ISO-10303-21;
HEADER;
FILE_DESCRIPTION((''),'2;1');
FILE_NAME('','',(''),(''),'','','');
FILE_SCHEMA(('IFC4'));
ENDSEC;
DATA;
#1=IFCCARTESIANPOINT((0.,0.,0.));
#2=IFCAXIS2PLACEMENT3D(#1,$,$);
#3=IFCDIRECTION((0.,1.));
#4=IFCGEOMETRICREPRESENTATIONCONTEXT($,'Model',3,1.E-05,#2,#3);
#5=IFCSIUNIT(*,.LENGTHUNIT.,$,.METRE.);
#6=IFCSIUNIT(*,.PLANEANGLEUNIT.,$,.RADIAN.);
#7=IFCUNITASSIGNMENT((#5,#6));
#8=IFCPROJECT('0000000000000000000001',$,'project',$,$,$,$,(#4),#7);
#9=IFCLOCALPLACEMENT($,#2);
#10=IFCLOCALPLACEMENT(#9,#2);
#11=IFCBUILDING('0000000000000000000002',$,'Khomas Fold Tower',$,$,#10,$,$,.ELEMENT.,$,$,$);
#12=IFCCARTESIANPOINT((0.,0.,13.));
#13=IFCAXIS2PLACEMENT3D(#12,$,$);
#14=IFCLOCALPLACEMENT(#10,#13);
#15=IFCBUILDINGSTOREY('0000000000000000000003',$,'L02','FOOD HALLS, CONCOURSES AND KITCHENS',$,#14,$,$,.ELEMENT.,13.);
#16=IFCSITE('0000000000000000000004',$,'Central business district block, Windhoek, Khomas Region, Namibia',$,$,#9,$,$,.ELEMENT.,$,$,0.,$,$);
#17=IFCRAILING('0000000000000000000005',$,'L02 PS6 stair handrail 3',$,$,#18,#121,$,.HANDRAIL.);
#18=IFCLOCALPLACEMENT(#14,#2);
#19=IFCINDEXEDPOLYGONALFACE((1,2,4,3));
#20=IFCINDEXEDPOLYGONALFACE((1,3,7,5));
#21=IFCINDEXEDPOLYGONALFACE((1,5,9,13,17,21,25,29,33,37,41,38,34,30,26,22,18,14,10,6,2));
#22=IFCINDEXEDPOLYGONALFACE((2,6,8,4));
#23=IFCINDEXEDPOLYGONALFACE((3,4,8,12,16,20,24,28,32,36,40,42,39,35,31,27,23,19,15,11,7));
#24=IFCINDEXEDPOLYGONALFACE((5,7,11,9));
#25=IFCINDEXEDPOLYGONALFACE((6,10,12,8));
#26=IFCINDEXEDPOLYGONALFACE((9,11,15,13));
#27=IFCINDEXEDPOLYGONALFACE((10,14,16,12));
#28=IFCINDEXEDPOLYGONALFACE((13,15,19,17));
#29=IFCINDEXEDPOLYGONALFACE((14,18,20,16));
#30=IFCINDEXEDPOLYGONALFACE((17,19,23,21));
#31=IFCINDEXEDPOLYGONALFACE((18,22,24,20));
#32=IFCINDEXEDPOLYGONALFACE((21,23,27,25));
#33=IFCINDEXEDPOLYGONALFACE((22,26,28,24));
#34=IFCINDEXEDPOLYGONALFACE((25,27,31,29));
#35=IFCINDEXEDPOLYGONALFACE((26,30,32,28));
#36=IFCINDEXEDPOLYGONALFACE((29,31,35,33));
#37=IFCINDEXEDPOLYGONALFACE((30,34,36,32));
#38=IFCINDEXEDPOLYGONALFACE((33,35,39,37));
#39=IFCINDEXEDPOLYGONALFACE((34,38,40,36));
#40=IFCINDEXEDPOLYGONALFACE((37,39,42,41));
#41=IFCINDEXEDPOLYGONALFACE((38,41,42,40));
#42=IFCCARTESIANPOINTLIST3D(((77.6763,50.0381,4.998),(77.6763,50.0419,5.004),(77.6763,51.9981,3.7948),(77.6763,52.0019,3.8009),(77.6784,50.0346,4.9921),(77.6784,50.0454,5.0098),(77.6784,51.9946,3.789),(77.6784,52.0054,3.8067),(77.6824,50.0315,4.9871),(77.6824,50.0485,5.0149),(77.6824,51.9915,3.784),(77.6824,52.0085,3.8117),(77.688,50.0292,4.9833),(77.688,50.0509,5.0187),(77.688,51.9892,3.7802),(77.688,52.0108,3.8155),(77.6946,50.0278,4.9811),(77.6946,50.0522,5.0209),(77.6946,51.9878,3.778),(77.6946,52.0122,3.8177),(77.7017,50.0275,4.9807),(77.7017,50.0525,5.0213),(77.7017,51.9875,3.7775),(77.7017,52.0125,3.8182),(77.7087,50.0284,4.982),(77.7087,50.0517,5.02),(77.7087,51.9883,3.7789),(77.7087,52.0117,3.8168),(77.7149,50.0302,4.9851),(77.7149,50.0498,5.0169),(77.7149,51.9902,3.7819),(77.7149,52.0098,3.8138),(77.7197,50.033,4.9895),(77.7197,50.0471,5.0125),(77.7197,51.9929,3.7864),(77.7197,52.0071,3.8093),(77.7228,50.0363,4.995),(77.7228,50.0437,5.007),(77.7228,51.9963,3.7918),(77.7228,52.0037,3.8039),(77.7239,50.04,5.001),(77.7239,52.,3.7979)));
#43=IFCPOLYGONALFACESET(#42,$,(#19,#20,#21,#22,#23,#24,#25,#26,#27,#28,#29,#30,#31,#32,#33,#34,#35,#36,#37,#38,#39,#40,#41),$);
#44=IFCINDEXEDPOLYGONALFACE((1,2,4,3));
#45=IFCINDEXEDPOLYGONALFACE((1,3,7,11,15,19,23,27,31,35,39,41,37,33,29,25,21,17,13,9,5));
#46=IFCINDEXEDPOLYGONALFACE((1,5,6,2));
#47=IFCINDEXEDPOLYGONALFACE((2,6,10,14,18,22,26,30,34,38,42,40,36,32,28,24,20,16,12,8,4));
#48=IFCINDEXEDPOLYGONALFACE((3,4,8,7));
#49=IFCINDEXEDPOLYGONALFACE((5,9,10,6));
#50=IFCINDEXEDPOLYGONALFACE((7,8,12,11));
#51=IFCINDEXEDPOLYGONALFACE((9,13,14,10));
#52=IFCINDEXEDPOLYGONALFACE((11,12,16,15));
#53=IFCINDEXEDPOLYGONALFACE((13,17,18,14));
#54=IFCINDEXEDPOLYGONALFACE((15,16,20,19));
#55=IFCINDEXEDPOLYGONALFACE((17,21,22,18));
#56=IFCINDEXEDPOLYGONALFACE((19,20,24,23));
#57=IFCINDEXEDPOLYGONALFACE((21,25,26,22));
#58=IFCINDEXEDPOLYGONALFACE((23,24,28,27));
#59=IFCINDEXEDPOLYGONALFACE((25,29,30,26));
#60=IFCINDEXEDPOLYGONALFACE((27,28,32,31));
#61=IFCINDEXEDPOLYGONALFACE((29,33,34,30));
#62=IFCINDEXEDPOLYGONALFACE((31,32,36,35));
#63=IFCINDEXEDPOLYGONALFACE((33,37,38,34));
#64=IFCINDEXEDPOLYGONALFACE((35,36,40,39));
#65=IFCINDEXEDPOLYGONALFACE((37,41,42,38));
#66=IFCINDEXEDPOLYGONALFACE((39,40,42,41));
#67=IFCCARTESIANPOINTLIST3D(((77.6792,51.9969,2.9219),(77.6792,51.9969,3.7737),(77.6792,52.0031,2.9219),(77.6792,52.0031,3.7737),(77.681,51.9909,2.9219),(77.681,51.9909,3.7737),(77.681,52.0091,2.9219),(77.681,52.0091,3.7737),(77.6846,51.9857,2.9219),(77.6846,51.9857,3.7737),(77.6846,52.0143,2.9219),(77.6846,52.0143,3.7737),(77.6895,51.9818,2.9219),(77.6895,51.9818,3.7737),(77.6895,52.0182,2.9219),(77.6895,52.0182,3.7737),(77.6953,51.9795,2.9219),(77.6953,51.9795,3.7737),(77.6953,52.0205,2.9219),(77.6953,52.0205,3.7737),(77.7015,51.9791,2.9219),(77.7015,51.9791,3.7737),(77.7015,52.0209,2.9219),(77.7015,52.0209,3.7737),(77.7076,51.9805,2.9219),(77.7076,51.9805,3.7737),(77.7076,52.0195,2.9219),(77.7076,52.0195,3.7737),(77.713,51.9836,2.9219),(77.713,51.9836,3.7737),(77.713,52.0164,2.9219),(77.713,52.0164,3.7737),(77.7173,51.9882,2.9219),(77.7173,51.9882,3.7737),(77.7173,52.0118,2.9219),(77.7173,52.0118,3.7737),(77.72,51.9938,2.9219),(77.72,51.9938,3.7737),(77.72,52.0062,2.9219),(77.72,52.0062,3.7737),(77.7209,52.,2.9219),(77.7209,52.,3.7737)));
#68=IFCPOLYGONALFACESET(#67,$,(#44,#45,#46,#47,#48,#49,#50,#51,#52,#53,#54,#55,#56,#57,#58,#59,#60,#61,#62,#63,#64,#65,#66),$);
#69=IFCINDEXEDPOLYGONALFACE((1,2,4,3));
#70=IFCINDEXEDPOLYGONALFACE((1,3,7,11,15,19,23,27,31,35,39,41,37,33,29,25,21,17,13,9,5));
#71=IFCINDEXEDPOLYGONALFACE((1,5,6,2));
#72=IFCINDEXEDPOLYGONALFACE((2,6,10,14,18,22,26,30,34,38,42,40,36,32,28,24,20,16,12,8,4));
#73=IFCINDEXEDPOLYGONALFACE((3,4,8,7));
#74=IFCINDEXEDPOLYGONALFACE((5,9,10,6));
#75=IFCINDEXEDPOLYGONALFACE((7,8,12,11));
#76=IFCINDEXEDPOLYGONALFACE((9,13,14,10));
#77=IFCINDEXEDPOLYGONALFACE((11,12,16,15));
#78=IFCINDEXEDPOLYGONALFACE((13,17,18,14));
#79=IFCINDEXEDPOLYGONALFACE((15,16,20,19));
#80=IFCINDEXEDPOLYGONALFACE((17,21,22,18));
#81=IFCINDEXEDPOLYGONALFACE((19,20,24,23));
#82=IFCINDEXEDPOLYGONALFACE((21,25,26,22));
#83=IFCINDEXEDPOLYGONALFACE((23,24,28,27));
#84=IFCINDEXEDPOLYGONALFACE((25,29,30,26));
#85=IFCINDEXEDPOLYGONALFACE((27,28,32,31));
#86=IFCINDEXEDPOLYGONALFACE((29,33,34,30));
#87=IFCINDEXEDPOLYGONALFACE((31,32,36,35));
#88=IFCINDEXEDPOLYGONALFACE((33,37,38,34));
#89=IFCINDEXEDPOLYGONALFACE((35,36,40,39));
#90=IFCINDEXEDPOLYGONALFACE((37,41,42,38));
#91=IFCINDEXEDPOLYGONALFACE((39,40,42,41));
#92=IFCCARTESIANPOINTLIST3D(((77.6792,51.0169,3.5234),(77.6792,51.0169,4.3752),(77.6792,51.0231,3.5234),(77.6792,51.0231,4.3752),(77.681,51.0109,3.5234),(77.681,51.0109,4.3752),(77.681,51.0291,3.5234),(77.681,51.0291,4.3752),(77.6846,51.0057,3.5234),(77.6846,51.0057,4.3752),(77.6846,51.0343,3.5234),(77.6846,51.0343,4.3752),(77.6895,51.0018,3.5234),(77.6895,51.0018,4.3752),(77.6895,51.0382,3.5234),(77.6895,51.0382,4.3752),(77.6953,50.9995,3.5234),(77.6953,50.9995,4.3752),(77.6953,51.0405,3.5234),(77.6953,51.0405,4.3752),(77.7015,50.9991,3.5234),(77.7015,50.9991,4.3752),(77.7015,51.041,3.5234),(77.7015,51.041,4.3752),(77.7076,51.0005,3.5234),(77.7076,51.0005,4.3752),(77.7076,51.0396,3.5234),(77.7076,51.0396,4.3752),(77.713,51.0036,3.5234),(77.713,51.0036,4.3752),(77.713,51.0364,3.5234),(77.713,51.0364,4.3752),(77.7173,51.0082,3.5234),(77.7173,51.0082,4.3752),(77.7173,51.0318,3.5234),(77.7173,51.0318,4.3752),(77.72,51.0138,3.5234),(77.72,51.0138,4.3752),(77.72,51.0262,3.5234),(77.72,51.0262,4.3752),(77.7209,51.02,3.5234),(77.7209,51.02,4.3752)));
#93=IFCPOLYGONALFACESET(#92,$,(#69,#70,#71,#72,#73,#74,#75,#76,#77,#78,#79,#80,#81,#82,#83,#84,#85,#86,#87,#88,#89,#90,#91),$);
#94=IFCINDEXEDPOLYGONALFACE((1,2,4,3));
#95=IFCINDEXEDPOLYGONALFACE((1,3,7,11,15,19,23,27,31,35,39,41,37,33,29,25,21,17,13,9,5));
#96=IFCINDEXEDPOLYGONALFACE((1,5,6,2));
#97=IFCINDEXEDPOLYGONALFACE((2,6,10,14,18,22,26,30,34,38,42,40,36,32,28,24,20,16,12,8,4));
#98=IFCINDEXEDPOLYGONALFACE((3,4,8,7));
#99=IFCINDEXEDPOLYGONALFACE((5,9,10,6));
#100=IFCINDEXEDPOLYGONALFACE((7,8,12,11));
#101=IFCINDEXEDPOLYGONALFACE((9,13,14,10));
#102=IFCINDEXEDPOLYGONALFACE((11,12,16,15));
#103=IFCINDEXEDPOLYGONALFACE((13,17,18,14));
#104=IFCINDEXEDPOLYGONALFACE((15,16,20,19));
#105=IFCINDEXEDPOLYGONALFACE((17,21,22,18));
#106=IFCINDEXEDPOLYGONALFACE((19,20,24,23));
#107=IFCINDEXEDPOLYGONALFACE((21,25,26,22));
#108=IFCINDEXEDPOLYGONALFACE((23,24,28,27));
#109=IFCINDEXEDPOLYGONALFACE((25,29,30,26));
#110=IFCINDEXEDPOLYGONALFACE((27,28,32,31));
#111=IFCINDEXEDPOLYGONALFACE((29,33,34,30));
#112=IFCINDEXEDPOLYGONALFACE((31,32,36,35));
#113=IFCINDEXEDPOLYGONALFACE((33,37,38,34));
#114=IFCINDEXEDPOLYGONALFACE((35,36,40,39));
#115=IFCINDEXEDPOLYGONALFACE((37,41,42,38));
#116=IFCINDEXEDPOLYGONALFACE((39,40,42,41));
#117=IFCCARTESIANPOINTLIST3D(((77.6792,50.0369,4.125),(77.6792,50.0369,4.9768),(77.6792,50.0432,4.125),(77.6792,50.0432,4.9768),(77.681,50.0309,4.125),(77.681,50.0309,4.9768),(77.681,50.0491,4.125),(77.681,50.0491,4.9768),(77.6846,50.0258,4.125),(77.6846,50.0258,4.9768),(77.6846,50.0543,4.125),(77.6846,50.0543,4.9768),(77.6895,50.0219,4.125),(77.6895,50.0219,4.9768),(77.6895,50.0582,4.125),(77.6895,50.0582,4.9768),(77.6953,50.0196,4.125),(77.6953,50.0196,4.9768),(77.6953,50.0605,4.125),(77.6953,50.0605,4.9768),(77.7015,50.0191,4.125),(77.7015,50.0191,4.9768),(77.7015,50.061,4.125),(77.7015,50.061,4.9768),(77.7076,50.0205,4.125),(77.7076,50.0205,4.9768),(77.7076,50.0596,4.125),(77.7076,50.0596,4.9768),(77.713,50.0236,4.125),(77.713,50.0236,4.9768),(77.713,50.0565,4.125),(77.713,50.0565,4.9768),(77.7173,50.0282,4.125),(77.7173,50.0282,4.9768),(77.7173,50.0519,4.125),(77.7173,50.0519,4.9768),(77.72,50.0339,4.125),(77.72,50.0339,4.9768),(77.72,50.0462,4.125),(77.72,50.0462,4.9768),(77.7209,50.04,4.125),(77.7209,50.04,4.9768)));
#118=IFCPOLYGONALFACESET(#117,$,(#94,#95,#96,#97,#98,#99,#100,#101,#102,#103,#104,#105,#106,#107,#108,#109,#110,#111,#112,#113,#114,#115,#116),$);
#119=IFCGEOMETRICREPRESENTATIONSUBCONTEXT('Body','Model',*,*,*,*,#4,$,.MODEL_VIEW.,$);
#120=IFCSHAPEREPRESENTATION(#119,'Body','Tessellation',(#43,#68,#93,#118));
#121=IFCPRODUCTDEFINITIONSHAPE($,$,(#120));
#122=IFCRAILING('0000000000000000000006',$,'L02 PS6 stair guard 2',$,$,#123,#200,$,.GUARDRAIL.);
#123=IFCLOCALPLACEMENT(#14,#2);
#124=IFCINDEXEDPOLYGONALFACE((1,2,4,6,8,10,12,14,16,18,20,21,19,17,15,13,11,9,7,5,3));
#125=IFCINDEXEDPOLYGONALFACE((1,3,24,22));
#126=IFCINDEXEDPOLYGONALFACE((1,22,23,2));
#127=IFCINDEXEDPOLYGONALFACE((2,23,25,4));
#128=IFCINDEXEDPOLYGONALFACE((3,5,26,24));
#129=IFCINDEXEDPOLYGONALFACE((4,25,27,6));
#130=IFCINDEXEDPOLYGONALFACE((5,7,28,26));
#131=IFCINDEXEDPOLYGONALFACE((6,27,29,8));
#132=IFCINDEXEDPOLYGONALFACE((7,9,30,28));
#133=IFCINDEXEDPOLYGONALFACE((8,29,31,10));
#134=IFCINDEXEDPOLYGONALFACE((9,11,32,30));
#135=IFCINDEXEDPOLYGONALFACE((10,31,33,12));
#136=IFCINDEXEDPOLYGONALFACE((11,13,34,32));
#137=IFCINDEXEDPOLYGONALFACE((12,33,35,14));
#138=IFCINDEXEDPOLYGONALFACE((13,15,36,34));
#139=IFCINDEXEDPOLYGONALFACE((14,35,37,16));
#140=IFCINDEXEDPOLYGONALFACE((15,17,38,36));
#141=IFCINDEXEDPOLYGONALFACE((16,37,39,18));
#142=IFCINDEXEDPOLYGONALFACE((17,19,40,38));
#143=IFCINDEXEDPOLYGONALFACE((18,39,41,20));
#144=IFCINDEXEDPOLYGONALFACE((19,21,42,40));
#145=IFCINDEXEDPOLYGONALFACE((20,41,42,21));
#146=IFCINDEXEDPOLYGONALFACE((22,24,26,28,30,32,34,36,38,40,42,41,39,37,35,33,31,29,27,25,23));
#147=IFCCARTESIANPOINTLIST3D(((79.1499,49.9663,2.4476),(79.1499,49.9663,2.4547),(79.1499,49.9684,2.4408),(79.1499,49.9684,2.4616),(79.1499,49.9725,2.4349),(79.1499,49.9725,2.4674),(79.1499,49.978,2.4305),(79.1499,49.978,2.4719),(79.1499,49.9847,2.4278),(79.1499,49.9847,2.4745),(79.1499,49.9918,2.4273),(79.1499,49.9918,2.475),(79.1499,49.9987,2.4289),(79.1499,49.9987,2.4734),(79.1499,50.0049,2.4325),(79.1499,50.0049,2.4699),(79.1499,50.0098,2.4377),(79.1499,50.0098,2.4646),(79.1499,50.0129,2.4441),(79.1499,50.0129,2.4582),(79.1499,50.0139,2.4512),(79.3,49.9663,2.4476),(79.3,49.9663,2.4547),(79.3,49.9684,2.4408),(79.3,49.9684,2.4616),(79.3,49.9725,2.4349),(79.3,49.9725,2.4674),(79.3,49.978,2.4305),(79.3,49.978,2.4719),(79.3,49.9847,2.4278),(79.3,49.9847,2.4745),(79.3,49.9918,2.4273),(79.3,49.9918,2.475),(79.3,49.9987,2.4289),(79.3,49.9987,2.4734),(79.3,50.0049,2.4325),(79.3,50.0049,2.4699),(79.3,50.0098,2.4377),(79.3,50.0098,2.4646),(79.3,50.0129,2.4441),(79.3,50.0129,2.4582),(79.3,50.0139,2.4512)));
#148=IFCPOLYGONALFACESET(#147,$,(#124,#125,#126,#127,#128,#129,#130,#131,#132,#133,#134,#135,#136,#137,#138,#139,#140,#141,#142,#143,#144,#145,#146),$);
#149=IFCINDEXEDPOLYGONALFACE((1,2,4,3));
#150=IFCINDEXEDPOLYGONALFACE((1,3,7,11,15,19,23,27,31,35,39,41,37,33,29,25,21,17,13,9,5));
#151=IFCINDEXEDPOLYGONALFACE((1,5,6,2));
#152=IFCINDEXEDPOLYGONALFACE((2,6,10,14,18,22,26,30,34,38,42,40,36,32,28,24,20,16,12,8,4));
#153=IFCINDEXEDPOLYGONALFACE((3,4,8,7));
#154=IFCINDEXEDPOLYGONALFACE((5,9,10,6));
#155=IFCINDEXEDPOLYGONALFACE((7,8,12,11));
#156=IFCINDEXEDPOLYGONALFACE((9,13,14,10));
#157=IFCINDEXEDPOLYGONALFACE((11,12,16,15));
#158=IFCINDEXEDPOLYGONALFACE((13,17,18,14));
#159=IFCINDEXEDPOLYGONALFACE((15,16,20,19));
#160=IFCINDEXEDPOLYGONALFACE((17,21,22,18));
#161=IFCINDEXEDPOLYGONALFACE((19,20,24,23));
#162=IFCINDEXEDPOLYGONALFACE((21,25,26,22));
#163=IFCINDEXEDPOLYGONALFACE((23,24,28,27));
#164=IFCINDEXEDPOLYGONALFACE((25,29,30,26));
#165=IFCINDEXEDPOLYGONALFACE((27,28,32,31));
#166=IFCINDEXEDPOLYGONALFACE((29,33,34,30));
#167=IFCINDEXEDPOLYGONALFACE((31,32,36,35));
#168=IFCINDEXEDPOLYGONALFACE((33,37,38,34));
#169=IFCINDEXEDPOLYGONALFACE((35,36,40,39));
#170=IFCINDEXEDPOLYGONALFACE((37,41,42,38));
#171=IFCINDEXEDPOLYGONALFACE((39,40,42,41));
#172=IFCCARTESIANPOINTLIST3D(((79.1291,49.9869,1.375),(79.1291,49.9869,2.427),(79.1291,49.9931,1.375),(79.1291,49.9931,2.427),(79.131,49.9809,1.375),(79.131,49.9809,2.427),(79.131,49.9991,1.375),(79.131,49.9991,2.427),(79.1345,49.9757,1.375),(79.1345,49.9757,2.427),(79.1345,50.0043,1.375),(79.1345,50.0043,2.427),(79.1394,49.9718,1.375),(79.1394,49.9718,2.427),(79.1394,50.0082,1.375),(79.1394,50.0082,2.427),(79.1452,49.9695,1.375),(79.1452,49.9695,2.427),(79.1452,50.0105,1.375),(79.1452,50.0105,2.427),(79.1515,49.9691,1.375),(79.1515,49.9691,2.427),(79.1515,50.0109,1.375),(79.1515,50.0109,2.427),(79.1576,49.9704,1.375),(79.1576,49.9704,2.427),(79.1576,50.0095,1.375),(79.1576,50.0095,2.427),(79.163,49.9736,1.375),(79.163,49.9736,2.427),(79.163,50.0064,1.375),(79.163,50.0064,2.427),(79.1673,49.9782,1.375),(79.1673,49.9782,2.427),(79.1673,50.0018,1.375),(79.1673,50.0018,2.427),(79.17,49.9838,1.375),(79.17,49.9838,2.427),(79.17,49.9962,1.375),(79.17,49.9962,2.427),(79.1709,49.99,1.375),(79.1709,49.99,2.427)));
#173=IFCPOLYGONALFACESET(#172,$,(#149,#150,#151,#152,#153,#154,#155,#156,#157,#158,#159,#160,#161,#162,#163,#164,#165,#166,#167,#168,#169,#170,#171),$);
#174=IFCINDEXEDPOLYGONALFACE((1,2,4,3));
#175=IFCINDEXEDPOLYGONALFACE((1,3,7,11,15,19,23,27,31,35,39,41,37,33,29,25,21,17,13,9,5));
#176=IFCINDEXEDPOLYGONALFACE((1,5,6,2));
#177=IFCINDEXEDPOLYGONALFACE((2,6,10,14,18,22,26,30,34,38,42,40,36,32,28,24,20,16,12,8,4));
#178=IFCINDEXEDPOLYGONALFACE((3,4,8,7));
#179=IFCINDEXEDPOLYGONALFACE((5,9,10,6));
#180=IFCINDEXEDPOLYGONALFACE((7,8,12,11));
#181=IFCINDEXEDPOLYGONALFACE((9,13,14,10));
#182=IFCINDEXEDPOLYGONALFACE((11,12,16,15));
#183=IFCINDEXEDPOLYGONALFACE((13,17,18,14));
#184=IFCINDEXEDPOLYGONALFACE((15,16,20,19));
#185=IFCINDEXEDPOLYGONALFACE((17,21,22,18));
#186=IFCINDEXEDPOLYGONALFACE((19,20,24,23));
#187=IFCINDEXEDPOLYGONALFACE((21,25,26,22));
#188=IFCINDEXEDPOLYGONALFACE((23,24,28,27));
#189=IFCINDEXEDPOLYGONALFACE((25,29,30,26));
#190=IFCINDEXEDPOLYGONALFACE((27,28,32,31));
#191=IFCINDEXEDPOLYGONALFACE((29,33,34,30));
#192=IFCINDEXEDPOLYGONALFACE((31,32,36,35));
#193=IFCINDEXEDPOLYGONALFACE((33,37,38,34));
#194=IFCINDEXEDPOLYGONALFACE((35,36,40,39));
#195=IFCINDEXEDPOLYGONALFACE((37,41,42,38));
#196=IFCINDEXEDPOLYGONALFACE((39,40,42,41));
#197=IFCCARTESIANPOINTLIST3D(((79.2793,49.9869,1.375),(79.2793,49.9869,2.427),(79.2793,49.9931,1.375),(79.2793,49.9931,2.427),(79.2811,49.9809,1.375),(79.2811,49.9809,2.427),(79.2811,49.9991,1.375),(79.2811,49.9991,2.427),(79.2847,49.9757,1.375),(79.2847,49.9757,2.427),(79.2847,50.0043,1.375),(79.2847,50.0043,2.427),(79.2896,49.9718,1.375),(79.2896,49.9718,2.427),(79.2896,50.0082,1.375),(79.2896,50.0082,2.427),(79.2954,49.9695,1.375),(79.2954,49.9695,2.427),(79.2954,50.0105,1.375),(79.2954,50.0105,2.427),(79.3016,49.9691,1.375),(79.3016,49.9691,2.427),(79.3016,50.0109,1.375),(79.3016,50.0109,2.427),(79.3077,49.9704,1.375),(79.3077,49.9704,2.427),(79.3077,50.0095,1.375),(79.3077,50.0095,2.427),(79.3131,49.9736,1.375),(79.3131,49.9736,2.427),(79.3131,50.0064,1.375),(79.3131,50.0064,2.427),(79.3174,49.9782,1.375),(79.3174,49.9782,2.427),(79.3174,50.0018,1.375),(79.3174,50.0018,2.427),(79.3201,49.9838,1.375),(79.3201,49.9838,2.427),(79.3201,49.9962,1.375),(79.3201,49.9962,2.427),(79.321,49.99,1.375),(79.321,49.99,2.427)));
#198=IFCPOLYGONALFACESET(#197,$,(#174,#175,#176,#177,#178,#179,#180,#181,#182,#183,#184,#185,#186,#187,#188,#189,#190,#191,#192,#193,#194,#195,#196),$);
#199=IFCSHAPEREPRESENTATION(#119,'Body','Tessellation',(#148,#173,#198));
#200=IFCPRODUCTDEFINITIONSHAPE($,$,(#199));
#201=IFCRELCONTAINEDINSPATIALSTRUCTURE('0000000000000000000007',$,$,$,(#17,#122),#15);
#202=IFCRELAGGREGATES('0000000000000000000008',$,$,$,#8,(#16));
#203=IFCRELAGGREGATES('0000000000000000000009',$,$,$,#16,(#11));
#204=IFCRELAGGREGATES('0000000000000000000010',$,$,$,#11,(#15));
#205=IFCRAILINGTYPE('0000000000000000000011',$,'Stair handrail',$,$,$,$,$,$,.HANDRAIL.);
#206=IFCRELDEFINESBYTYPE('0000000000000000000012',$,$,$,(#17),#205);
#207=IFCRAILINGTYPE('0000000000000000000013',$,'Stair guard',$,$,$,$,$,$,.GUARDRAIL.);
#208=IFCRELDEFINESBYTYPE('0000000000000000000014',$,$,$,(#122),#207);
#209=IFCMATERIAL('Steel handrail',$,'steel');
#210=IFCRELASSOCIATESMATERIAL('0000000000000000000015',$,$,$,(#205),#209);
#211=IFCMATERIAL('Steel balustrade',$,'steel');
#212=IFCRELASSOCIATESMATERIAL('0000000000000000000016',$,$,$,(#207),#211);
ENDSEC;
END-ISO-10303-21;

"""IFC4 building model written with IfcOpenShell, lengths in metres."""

from ifc_helpers import new_model, si_unit, direction, frame, origin, origin_2d, place, context, subcontext, project, spatial, circle, extrude, source, transform, mapped, material, type_object, element, save


model = new_model("IFC4")

# Units and contexts
model_context = context("Model", 3, precision=1e-05, world=origin(), true_north=direction((0.0, 1.0)))
body_context = subcontext(model_context, "Body", "Model", "MODEL_VIEW")
ifc_project = project(units=[si_unit("LENGTHUNIT", "METRE"), si_unit("PLANEANGLEUNIT", "RADIAN")], contexts=[model_context])

# Site, building, storey
site_placement = place(None, origin())
site = spatial("IfcSite", under=ifc_project, at=site_placement, Name="Central business district block, Windhoek, Khomas Region, Namibia", CompositionType="ELEMENT", RefElevation=0.0)
building_placement = place(site_placement, origin())
building = spatial("IfcBuilding", under=site, at=building_placement, Name="Khomas Fold Tower", CompositionType="ELEMENT")
storey_placement = place(building_placement, frame((0.0, 0.0, 13.0)))
storey = spatial("IfcBuildingStorey", under=building, at=storey_placement, Name="L02", Description="FOOD HALLS, CONCOURSES AND KITCHENS", CompositionType="ELEMENT", Elevation=13.0)

# Railings
ifc_material_1 = material(Name="Steel handrail", Category="steel")
railing_type_1 = type_object("IfcRailingType", Name="Stair handrail", PredefinedType="HANDRAIL", material=ifc_material_1)
ifc_material_2 = material(Name="Steel balustrade", Category="steel")
railing_type_2 = type_object("IfcRailingType", Name="Stair guard", PredefinedType="GUARDRAIL", material=ifc_material_2)
shared_shape_1 = source(origin(), body_context, "Body", "SweptSolid", [
    extrude(circle(Radius=0.0239, at=origin_2d()), frame((0.0, 0.0, 0.876), z_axis=(0.0, -0.852241, 0.523149), x_axis=(1.0, 0.0, 0.0)), (0.0, 0.0, 1.0), 2.2998),
    extrude(circle(Radius=0.021, at=origin_2d()), origin(), (0.0, 0.0, 1.0), 0.8518),
    extrude(circle(Radius=0.021, at=origin_2d()), frame((0.0, -0.98, 0.6016)), (0.0, 0.0, 1.0), 0.8518),
    extrude(circle(Radius=0.021, at=origin_2d()), frame((0.0, -1.96, 1.2031)), (0.0, 0.0, 1.0), 0.8518),
])
for number, where, name in (
    (1, (77.7, 52.0, 2.9219), "L02 PS6 stair handrail 3"),
):
    element("IfcRailing", number, at=place(storey_placement, frame(where)), inside=storey, type_object=railing_type_1, Name=name, PredefinedType="HANDRAIL", context=body_context, shape_type="MappedRepresentation", body=[
        mapped(shared_shape_1, transform((0.0, 0.0, 0.0))),
    ])
shared_shape_2 = source(origin(), body_context, "Body", "SweptSolid", [
    extrude(circle(Radius=0.0239, at=origin_2d()), frame((0.0, 0.0, 1.0762), z_axis=(1.0, 0.0, 0.0), x_axis=(0.0, 1.0, 0.0)), (0.0, 0.0, 1.0), 0.1501),
    extrude(circle(Radius=0.021, at=origin_2d()), origin(), (0.0, 0.0, 1.0), 1.052),
    extrude(circle(Radius=0.021, at=origin_2d()), frame((0.1501, 0.0, 0.0)), (0.0, 0.0, 1.0), 1.052),
])
for number, where, name in (
    (2, (79.1499, 49.99, 1.375), "L02 PS6 stair guard 2"),
):
    element("IfcRailing", number, at=place(storey_placement, frame(where)), inside=storey, type_object=railing_type_2, Name=name, PredefinedType="GUARDRAIL", context=body_context, shape_type="MappedRepresentation", body=[
        mapped(shared_shape_2, transform((0.0, 0.0, 0.0))),
    ])

save(model, "model.ifc")
